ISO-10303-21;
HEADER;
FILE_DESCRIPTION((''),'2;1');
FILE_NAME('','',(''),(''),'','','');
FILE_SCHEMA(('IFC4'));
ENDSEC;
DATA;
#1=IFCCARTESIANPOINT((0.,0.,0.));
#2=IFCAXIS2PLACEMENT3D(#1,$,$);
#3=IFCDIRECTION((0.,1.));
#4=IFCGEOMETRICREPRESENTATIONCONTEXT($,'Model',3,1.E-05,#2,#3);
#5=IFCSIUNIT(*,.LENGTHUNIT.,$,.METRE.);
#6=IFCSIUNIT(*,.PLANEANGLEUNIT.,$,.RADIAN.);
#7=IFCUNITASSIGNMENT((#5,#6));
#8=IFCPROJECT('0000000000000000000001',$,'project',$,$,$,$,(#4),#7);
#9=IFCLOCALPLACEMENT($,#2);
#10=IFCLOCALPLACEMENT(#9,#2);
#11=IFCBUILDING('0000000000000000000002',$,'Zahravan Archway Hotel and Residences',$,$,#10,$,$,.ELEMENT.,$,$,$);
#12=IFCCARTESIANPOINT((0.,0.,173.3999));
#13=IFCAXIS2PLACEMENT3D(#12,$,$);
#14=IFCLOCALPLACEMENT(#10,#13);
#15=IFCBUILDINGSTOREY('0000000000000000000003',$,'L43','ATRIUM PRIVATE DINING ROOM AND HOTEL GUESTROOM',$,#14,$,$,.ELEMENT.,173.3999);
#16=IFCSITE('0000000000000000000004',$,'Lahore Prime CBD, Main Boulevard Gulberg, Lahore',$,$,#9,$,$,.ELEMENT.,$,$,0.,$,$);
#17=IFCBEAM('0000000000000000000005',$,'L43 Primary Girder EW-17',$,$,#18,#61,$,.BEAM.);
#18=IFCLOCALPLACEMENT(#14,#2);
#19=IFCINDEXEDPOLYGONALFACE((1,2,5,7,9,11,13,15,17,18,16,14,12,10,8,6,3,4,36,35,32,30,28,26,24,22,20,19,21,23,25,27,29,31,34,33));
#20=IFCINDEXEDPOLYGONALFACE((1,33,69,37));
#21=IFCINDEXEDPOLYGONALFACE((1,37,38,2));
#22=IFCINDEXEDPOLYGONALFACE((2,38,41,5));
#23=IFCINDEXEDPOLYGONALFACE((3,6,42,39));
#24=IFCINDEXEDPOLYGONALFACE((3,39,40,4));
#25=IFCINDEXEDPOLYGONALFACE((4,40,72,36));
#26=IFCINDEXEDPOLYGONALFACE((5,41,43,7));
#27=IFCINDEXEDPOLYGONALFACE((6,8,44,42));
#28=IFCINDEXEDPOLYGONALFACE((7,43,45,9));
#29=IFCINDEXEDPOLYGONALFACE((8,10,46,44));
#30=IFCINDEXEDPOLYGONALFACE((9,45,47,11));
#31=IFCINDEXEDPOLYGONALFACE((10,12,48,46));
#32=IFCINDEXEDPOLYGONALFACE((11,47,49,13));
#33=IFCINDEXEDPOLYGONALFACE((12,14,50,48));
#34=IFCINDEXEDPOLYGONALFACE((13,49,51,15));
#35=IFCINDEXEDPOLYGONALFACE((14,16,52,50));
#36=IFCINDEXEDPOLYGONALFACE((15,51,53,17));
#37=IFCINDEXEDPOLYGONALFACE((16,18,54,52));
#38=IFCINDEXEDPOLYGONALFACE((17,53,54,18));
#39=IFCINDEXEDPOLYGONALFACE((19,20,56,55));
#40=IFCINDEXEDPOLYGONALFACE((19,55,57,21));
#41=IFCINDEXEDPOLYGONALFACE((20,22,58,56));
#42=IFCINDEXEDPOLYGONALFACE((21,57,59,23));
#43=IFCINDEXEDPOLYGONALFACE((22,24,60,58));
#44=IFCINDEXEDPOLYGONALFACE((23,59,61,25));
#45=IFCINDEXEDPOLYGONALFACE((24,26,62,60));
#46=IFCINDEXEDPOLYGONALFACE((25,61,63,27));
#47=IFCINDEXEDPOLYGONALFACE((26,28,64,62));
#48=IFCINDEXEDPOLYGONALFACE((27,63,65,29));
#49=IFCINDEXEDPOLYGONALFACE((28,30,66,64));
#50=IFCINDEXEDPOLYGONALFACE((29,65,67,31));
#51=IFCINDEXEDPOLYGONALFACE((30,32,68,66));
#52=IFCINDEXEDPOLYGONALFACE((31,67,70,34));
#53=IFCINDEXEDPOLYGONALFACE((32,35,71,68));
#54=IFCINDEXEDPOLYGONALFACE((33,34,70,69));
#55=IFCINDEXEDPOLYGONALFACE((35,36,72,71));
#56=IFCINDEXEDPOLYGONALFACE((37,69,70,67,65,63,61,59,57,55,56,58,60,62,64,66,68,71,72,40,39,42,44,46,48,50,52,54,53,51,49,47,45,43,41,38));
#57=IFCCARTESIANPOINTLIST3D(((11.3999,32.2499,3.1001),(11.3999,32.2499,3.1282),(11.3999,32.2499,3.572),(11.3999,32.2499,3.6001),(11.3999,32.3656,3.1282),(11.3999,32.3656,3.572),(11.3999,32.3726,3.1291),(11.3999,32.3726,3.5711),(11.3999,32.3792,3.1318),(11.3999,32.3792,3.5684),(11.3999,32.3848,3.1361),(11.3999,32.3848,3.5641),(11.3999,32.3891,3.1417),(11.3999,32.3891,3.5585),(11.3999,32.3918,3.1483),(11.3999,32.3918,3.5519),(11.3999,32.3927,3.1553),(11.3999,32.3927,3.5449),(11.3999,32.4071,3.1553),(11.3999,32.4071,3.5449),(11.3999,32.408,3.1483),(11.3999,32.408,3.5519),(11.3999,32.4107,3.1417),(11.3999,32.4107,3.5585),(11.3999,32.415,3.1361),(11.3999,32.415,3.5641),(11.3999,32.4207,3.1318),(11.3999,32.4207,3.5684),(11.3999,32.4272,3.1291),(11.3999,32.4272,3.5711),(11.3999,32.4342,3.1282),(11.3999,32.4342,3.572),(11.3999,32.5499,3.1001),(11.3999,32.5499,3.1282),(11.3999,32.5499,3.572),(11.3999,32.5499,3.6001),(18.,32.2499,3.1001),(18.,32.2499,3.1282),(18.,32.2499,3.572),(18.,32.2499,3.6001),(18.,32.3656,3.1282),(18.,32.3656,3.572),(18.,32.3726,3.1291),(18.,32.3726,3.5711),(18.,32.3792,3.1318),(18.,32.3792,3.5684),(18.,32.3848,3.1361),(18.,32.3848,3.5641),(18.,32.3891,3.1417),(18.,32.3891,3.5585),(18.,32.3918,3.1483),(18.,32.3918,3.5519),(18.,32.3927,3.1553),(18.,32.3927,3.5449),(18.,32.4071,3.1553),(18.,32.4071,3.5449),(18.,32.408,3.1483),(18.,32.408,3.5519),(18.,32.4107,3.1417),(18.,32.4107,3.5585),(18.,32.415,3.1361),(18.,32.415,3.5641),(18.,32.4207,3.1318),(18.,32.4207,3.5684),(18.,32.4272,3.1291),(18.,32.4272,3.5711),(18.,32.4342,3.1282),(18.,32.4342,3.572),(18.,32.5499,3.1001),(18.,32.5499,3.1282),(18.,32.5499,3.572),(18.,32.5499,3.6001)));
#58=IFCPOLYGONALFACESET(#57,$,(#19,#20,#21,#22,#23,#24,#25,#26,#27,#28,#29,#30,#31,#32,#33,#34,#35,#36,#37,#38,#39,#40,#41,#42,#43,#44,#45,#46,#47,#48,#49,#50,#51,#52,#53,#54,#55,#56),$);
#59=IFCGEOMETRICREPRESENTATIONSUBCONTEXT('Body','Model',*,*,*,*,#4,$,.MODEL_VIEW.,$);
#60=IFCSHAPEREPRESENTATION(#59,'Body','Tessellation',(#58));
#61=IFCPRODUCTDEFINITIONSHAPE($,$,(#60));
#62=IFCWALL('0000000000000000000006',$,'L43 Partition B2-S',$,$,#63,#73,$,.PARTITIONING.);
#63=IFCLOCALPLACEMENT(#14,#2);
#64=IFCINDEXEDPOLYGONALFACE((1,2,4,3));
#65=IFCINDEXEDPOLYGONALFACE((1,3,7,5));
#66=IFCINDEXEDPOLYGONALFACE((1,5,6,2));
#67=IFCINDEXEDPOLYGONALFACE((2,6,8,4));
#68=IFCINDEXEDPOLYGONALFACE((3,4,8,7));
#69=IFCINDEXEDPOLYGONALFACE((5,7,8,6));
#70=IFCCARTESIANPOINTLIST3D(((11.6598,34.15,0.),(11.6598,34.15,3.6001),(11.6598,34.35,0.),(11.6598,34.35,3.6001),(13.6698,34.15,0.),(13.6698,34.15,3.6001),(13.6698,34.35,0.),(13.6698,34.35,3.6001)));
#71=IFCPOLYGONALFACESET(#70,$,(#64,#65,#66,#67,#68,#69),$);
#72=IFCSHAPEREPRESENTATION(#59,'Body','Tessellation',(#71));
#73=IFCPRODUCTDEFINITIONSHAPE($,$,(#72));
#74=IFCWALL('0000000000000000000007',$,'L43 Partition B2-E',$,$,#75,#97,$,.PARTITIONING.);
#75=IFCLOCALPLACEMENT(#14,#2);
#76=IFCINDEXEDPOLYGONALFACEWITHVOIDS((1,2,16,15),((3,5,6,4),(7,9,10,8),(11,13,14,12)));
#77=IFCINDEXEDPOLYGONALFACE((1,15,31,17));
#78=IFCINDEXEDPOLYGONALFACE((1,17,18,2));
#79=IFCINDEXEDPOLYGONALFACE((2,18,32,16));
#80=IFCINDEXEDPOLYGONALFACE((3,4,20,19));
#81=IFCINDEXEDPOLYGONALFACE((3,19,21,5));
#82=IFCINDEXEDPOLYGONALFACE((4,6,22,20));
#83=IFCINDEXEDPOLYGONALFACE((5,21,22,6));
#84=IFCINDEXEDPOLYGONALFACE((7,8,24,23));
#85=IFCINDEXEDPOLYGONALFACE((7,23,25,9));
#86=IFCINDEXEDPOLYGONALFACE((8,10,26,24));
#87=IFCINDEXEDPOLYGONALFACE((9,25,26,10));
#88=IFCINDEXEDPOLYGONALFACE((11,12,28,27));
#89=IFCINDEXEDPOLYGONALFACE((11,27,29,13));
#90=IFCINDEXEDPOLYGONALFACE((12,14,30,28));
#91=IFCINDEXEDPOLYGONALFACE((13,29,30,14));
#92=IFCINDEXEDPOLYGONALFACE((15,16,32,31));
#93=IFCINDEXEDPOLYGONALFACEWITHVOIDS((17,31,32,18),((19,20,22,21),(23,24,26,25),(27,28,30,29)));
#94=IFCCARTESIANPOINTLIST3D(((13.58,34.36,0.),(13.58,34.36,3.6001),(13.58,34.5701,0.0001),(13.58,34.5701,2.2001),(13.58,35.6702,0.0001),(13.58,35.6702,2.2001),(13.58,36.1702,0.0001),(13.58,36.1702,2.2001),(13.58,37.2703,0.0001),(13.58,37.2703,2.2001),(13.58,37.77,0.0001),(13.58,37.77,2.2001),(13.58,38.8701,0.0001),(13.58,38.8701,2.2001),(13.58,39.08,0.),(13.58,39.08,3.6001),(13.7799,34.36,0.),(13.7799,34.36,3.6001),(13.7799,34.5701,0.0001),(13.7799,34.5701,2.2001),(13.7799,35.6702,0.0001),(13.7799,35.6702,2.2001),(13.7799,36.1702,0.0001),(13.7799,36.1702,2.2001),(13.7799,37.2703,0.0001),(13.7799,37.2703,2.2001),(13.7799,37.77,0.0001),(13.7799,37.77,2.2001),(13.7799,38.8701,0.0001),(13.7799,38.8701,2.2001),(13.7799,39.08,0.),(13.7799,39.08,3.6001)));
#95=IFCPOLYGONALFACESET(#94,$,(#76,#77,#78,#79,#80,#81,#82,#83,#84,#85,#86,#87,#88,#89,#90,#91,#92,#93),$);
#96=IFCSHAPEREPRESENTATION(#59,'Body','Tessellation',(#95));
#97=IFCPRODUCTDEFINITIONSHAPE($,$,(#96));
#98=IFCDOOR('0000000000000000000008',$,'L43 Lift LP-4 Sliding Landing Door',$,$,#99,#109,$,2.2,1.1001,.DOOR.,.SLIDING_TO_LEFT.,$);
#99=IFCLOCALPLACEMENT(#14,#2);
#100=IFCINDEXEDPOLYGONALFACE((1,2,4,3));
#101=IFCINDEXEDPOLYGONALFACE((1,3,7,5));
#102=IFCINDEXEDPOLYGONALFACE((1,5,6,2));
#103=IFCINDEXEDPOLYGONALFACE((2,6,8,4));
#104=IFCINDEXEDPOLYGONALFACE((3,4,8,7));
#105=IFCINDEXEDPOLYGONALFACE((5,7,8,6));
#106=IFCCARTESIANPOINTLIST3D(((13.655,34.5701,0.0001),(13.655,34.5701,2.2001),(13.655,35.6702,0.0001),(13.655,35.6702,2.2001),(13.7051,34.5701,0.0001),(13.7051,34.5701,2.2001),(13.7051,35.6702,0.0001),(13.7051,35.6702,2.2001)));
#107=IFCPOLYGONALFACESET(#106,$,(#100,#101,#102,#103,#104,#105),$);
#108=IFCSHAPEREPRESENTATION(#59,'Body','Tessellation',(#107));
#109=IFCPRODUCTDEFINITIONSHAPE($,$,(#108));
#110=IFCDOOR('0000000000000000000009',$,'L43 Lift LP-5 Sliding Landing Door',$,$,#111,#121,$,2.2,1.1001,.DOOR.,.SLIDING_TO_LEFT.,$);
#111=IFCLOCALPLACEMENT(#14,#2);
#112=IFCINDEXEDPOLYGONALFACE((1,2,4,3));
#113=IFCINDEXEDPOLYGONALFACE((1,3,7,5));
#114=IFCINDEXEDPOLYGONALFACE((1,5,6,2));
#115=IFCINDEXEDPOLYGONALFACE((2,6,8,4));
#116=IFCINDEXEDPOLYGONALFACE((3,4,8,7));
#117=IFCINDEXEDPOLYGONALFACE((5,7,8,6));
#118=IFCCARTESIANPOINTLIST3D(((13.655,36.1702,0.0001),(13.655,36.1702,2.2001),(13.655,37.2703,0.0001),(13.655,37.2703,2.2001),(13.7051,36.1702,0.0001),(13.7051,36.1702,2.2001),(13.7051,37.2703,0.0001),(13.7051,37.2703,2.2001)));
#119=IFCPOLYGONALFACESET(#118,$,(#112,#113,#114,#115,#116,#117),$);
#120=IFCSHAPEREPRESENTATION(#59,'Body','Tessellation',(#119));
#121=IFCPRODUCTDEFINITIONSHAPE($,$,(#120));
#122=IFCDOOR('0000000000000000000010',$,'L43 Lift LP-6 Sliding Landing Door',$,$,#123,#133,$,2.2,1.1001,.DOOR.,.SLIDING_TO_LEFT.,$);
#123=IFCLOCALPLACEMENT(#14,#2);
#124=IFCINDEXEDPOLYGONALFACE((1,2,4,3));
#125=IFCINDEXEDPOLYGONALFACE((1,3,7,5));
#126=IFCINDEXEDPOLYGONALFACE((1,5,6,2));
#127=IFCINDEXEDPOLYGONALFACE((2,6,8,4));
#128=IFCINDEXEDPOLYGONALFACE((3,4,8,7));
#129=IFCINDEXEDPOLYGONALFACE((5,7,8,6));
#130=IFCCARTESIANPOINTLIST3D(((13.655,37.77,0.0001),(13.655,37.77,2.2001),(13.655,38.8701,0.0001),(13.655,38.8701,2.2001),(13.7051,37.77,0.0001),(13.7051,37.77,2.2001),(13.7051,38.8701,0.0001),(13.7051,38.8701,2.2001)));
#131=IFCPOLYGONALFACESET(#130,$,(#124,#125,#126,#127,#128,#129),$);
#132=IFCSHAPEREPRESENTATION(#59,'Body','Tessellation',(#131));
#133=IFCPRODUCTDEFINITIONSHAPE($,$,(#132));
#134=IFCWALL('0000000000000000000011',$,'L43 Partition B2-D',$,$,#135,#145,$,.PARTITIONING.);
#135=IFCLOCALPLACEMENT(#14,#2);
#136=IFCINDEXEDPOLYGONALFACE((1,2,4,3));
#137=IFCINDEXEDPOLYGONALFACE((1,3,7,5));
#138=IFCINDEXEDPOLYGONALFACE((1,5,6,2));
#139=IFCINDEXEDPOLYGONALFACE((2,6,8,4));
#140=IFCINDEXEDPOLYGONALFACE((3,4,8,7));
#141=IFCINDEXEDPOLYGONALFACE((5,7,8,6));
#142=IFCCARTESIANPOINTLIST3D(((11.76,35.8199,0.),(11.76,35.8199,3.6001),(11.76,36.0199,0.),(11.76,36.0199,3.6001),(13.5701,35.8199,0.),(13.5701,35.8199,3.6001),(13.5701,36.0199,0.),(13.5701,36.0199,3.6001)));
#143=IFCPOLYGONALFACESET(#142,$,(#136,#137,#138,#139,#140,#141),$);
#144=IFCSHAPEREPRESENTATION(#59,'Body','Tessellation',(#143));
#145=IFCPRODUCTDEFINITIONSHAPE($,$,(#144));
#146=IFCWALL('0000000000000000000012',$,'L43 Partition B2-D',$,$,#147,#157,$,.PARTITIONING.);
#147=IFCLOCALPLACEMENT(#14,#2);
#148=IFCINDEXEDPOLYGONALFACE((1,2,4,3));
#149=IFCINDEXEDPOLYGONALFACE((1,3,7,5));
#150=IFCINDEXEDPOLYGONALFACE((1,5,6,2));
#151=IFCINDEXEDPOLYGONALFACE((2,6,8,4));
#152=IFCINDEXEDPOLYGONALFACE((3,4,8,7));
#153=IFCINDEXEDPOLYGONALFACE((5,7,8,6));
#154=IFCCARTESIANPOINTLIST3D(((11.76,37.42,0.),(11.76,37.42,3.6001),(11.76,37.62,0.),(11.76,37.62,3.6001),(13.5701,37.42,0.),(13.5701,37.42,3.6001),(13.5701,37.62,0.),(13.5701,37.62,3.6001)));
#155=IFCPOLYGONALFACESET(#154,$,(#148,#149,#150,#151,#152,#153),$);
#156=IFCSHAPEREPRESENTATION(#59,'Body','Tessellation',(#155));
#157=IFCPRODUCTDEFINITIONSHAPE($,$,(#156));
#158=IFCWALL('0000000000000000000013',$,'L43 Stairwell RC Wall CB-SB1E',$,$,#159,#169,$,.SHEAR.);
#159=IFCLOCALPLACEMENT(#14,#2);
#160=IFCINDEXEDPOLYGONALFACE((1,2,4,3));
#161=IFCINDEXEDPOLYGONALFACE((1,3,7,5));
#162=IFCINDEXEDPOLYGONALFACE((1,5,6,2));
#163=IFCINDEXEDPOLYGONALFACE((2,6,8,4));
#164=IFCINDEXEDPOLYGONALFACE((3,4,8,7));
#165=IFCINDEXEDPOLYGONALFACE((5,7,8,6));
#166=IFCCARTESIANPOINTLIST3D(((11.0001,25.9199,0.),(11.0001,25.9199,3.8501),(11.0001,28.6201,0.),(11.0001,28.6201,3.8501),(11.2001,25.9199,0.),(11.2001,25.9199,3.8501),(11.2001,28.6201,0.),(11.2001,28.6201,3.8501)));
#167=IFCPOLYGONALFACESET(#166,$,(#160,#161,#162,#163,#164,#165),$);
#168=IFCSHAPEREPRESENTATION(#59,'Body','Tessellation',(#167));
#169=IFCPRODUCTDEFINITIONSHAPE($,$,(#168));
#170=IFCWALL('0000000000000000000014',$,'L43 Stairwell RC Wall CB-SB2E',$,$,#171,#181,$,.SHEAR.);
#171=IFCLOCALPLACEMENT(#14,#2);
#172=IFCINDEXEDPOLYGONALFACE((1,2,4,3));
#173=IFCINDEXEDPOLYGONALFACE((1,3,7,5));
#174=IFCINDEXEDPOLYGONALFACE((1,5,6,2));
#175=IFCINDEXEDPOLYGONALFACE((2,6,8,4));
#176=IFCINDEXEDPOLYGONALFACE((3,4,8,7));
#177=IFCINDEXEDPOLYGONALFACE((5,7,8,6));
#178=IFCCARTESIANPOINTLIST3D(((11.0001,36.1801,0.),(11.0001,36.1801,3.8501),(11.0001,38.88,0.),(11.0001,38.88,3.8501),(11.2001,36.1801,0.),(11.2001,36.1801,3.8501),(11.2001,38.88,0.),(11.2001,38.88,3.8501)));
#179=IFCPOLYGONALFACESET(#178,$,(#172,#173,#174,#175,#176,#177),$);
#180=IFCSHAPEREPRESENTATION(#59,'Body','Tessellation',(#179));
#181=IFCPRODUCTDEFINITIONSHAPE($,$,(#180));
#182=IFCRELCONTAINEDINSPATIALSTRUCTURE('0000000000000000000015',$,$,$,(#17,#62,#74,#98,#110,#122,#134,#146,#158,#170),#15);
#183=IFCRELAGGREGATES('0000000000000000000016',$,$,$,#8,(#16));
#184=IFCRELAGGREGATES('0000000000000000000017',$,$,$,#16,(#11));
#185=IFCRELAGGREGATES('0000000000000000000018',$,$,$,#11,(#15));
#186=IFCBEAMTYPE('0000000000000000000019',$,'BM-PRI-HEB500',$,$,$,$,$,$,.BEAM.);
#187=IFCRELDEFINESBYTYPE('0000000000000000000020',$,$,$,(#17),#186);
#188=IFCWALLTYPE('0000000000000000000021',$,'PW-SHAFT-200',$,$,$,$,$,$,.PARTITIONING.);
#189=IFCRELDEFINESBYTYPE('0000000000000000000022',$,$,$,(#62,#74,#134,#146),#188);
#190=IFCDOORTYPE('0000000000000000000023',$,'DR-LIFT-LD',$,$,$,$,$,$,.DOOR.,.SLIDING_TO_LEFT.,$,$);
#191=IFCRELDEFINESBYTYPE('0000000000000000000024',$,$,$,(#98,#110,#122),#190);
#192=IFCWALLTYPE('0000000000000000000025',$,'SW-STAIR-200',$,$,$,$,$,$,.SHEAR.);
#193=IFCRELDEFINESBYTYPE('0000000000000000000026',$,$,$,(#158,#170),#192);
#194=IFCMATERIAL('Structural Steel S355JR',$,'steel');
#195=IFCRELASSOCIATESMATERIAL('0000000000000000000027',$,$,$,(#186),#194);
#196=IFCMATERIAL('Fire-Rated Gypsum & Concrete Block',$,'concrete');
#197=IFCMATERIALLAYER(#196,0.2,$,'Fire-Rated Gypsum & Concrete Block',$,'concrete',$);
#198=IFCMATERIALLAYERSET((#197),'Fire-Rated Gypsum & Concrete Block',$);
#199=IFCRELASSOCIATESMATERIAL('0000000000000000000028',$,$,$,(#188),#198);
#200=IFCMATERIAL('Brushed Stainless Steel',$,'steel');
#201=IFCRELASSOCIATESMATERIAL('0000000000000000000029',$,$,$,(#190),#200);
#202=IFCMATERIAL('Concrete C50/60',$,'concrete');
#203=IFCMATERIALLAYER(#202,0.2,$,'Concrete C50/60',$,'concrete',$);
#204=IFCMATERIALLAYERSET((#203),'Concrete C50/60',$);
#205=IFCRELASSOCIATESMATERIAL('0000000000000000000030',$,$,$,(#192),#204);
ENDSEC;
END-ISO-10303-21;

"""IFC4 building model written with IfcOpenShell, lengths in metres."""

from ifc_helpers import new_model, si_unit, direction, frame, frame_2d, origin, origin_2d, place, context, subcontext, project, spatial, rectangle, i_section, extrude, source, transform, mapped, material, layer, layer_set, material_profile, profile_set, type_object, type_shapes, element, fill, save


model = new_model("IFC4")

# Units and contexts
model_context = context("Model", 3, precision=1e-05, world=origin(), true_north=direction((0.0, 1.0)))
body_context = subcontext(model_context, "Body", "Model", "MODEL_VIEW")
ifc_project = project(units=[si_unit("LENGTHUNIT", "METRE"), si_unit("PLANEANGLEUNIT", "RADIAN")], contexts=[model_context])

# Site, building, storey
site_placement = place(None, origin())
site = spatial("IfcSite", under=ifc_project, at=site_placement, Name="Lahore Prime CBD, Main Boulevard Gulberg, Lahore", CompositionType="ELEMENT", RefElevation=0.0)
building_placement = place(site_placement, origin())
building = spatial("IfcBuilding", under=site, at=building_placement, Name="Zahravan Archway Hotel and Residences", CompositionType="ELEMENT")
storey_placement = place(building_placement, frame((0.0, 0.0, 173.3999)))
storey = spatial("IfcBuildingStorey", under=building, at=storey_placement, Name="L43", Description="ATRIUM PRIVATE DINING ROOM AND HOTEL GUESTROOM", CompositionType="ELEMENT", Elevation=173.3999)

# Beam
ifc_material_1 = material(Name="Structural Steel S355JR", Category="steel")
ifc_material_profile = material_profile(ifc_material_1, i_section(OverallWidth=0.3, OverallDepth=0.5, WebThickness=0.0144, FlangeThickness=0.0281, FilletRadius=0.0271, at=origin_2d()), Name="HEB 500", Category="steel")
ifc_profile_set = profile_set([ifc_material_profile], Name="Structural Steel S355JR")
beam_type = type_object("IfcBeamType", Name="BM-PRI-HEB500", PredefinedType="BEAM", material=ifc_profile_set)
shared_shape_1 = source(origin(), body_context, "Body", "SweptSolid", [
    extrude(i_section(OverallWidth=0.3, OverallDepth=0.5, WebThickness=0.0144, FlangeThickness=0.0281, FilletRadius=0.0271, at=origin_2d()), origin(), (0.0, 0.0, 1.0), 6.6001),
])
beam_placement = place(storey_placement, frame((11.3999, 32.3999, 3.3501), z_axis=(1.0, 0.0, 0.0), x_axis=(0.0, 1.0, 0.0)))
element("IfcBeam", 1, at=beam_placement, inside=storey, type_object=beam_type, Name="L43 Primary Girder EW-17", PredefinedType="BEAM", context=body_context, shape_type="MappedRepresentation", body=[
    mapped(shared_shape_1, transform((0.0, 0.0, 0.0), scale=1.0)),
])

# Wall
ifc_material_2 = material(Name="Fire-Rated Gypsum & Concrete Block", Category="concrete")
ifc_layer_1 = layer(ifc_material_2, 0.2, Name="Fire-Rated Gypsum & Concrete Block", Category="concrete")
ifc_layer_set_1 = layer_set([ifc_layer_1], Name="Fire-Rated Gypsum & Concrete Block")
wall_type_1 = type_object("IfcWallType", Name="PW-SHAFT-200", PredefinedType="PARTITIONING", material=ifc_layer_set_1)
wall_1_placement = place(storey_placement, frame((11.6599, 34.25, 0.0), z_axis=(0.0, 0.0, 1.0), x_axis=(1.0, 0.0, 0.0)))
element("IfcWall", 2, at=wall_1_placement, inside=storey, type_object=wall_type_1, Name="L43 Partition B2-S", PredefinedType="PARTITIONING", context=body_context, shape_type="SweptSolid", body=[
    extrude(rectangle(XDim=2.01, YDim=0.2, at=frame_2d((1.0049, 0.0))), origin(), (0.0, 0.0, 1.0), 3.6001),
])

# Wall, openings, doors
wall_2_placement = place(storey_placement, frame((13.6799, 34.3601, 0.0), z_axis=(0.0, 0.0, 1.0), x_axis=(0.0, 1.0, 0.0)))
wall_2 = element("IfcWall", 3, at=wall_2_placement, inside=storey, type_object=wall_type_1, Name="L43 Partition B2-E", PredefinedType="PARTITIONING", context=body_context, shape_type="SweptSolid", body=[
    extrude(rectangle(XDim=4.72, YDim=0.2, at=frame_2d((2.3599, 0.0))), origin(), (0.0, 0.0, 1.0), 3.6001),
])
opening_1_placement = place(wall_2_placement, frame((0.21, 0.0, 0.0)))
opening_1 = element("IfcOpeningElement", 4, at=opening_1_placement, cuts=wall_2, PredefinedType="OPENING", context=body_context, shape_type="SweptSolid", body=[
    extrude(rectangle(XDim=1.1001, YDim=2.2, at=frame_2d((0.55, 1.1001))), frame((0.0, 0.1099, 0.0), z_axis=(0.0, -1.0, 0.0), x_axis=(1.0, 0.0, 0.0)), (0.0, 0.0, 1.0), 0.22),
])
opening_2_placement = place(wall_2_placement, frame((1.8101, 0.0, 0.0)))
opening_2 = element("IfcOpeningElement", 5, at=opening_2_placement, cuts=wall_2, PredefinedType="OPENING", context=body_context, shape_type="SweptSolid", body=[
    extrude(rectangle(XDim=1.1001, YDim=2.2, at=frame_2d((0.55, 1.1001))), frame((0.0, 0.1099, 0.0), z_axis=(0.0, -1.0, 0.0), x_axis=(1.0, 0.0, 0.0)), (0.0, 0.0, 1.0), 0.22),
])
opening_3_placement = place(wall_2_placement, frame((3.4099, 0.0, 0.0)))
opening_3 = element("IfcOpeningElement", 6, at=opening_3_placement, cuts=wall_2, PredefinedType="OPENING", context=body_context, shape_type="SweptSolid", body=[
    extrude(rectangle(XDim=1.1001, YDim=2.2, at=frame_2d((0.55, 1.1001))), frame((0.0, 0.1099, 0.0), z_axis=(0.0, -1.0, 0.0), x_axis=(1.0, 0.0, 0.0)), (0.0, 0.0, 1.0), 0.22),
])
ifc_material_3 = material(Name="Brushed Stainless Steel", Category="steel")
door_type_1 = type_object("IfcDoorType", Name="DR-LIFT-LD", OperationType="SLIDING_TO_LEFT", PredefinedType="DOOR", material=ifc_material_3)
shared_shape_2 = source(origin(), body_context, "Body", "SweptSolid", [
    extrude(rectangle(XDim=1.1001, YDim=2.2, at=frame_2d((0.55, 1.1001))), frame((0.0, 0.0249, 0.0), z_axis=(0.0, -1.0, 0.0), x_axis=(1.0, 0.0, 0.0)), (0.0, 0.0, 1.0), 0.05),
])
type_shapes(door_type_1, [shared_shape_2])
door_1_placement = place(opening_1_placement, origin())
door_1 = element("IfcDoor", 7, at=door_1_placement, inside=storey, type_object=door_type_1, Name="L43 Lift LP-4 Sliding Landing Door", OperationType="SLIDING_TO_LEFT", OverallHeight=2.2, OverallWidth=1.1001, PredefinedType="DOOR", context=body_context, shape_type="MappedRepresentation", body=[
    mapped(shared_shape_2, transform((0.0, 0.0, 0.0), scale=1.0)),
])
fill(opening_1, door_1)
door_2_placement = place(opening_2_placement, origin())
door_2 = element("IfcDoor", 8, at=door_2_placement, inside=storey, type_object=door_type_1, Name="L43 Lift LP-5 Sliding Landing Door", OperationType="SLIDING_TO_LEFT", OverallHeight=2.2, OverallWidth=1.1001, PredefinedType="DOOR", context=body_context, shape_type="MappedRepresentation", body=[
    mapped(shared_shape_2, transform((0.0, 0.0, 0.0), scale=1.0)),
])
fill(opening_2, door_2)
door_3_placement = place(opening_3_placement, origin())
door_3 = element("IfcDoor", 9, at=door_3_placement, inside=storey, type_object=door_type_1, Name="L43 Lift LP-6 Sliding Landing Door", OperationType="SLIDING_TO_LEFT", OverallHeight=2.2, OverallWidth=1.1001, PredefinedType="DOOR", context=body_context, shape_type="MappedRepresentation", body=[
    mapped(shared_shape_2, transform((0.0, 0.0, 0.0), scale=1.0)),
])
fill(opening_3, door_3)

# Walls
for number, where, z_axis, x_axis, name in (
    (10, (11.76, 35.9199, 0.0), (0.0, 0.0, 1.0), (1.0, 0.0, 0.0), "L43 Partition B2-D"),
    (11, (11.76, 37.52, 0.0), (0.0, 0.0, 1.0), (1.0, 0.0, 0.0), "L43 Partition B2-D"),
):
    element("IfcWall", number, at=place(storey_placement, frame(where, z_axis=z_axis, x_axis=x_axis)), inside=storey, type_object=wall_type_1, Name=name, PredefinedType="PARTITIONING", context=body_context, shape_type="SweptSolid", body=[
        extrude(rectangle(XDim=1.8101, YDim=0.2, at=frame_2d((0.905, 0.0))), origin(), (0.0, 0.0, 1.0), 3.6001),
    ])

# Walls
ifc_material_4 = material(Name="Concrete C50/60", Category="concrete")
ifc_layer_2 = layer(ifc_material_4, 0.2, Name="Concrete C50/60", Category="concrete")
ifc_layer_set_2 = layer_set([ifc_layer_2], Name="Concrete C50/60")
wall_type_2 = type_object("IfcWallType", Name="SW-STAIR-200", PredefinedType="SHEAR", material=ifc_layer_set_2)
wall_3_placement = place(storey_placement, frame((11.1001, 25.9199, 0.0), z_axis=(0.0, 0.0, 1.0), x_axis=(0.0, 1.0, 0.0)))
element("IfcWall", 12, at=wall_3_placement, inside=storey, type_object=wall_type_2, Name="L43 Stairwell RC Wall CB-SB1E", PredefinedType="SHEAR", context=body_context, shape_type="SweptSolid", body=[
    extrude(rectangle(XDim=2.7002, YDim=0.2, at=frame_2d((1.3501, 0.0))), origin(), (0.0, 0.0, 1.0), 3.8501),
])
wall_4_placement = place(storey_placement, frame((11.1001, 36.1799, 0.0), z_axis=(0.0, 0.0, 1.0), x_axis=(0.0, 1.0, 0.0)))
element("IfcWall", 13, at=wall_4_placement, inside=storey, type_object=wall_type_2, Name="L43 Stairwell RC Wall CB-SB2E", PredefinedType="SHEAR", context=body_context, shape_type="SweptSolid", body=[
    extrude(rectangle(XDim=2.7, YDim=0.2, at=frame_2d((1.3501, 0.0))), origin(), (0.0, 0.0, 1.0), 3.8501),
])

save(model, "model.ifc")
